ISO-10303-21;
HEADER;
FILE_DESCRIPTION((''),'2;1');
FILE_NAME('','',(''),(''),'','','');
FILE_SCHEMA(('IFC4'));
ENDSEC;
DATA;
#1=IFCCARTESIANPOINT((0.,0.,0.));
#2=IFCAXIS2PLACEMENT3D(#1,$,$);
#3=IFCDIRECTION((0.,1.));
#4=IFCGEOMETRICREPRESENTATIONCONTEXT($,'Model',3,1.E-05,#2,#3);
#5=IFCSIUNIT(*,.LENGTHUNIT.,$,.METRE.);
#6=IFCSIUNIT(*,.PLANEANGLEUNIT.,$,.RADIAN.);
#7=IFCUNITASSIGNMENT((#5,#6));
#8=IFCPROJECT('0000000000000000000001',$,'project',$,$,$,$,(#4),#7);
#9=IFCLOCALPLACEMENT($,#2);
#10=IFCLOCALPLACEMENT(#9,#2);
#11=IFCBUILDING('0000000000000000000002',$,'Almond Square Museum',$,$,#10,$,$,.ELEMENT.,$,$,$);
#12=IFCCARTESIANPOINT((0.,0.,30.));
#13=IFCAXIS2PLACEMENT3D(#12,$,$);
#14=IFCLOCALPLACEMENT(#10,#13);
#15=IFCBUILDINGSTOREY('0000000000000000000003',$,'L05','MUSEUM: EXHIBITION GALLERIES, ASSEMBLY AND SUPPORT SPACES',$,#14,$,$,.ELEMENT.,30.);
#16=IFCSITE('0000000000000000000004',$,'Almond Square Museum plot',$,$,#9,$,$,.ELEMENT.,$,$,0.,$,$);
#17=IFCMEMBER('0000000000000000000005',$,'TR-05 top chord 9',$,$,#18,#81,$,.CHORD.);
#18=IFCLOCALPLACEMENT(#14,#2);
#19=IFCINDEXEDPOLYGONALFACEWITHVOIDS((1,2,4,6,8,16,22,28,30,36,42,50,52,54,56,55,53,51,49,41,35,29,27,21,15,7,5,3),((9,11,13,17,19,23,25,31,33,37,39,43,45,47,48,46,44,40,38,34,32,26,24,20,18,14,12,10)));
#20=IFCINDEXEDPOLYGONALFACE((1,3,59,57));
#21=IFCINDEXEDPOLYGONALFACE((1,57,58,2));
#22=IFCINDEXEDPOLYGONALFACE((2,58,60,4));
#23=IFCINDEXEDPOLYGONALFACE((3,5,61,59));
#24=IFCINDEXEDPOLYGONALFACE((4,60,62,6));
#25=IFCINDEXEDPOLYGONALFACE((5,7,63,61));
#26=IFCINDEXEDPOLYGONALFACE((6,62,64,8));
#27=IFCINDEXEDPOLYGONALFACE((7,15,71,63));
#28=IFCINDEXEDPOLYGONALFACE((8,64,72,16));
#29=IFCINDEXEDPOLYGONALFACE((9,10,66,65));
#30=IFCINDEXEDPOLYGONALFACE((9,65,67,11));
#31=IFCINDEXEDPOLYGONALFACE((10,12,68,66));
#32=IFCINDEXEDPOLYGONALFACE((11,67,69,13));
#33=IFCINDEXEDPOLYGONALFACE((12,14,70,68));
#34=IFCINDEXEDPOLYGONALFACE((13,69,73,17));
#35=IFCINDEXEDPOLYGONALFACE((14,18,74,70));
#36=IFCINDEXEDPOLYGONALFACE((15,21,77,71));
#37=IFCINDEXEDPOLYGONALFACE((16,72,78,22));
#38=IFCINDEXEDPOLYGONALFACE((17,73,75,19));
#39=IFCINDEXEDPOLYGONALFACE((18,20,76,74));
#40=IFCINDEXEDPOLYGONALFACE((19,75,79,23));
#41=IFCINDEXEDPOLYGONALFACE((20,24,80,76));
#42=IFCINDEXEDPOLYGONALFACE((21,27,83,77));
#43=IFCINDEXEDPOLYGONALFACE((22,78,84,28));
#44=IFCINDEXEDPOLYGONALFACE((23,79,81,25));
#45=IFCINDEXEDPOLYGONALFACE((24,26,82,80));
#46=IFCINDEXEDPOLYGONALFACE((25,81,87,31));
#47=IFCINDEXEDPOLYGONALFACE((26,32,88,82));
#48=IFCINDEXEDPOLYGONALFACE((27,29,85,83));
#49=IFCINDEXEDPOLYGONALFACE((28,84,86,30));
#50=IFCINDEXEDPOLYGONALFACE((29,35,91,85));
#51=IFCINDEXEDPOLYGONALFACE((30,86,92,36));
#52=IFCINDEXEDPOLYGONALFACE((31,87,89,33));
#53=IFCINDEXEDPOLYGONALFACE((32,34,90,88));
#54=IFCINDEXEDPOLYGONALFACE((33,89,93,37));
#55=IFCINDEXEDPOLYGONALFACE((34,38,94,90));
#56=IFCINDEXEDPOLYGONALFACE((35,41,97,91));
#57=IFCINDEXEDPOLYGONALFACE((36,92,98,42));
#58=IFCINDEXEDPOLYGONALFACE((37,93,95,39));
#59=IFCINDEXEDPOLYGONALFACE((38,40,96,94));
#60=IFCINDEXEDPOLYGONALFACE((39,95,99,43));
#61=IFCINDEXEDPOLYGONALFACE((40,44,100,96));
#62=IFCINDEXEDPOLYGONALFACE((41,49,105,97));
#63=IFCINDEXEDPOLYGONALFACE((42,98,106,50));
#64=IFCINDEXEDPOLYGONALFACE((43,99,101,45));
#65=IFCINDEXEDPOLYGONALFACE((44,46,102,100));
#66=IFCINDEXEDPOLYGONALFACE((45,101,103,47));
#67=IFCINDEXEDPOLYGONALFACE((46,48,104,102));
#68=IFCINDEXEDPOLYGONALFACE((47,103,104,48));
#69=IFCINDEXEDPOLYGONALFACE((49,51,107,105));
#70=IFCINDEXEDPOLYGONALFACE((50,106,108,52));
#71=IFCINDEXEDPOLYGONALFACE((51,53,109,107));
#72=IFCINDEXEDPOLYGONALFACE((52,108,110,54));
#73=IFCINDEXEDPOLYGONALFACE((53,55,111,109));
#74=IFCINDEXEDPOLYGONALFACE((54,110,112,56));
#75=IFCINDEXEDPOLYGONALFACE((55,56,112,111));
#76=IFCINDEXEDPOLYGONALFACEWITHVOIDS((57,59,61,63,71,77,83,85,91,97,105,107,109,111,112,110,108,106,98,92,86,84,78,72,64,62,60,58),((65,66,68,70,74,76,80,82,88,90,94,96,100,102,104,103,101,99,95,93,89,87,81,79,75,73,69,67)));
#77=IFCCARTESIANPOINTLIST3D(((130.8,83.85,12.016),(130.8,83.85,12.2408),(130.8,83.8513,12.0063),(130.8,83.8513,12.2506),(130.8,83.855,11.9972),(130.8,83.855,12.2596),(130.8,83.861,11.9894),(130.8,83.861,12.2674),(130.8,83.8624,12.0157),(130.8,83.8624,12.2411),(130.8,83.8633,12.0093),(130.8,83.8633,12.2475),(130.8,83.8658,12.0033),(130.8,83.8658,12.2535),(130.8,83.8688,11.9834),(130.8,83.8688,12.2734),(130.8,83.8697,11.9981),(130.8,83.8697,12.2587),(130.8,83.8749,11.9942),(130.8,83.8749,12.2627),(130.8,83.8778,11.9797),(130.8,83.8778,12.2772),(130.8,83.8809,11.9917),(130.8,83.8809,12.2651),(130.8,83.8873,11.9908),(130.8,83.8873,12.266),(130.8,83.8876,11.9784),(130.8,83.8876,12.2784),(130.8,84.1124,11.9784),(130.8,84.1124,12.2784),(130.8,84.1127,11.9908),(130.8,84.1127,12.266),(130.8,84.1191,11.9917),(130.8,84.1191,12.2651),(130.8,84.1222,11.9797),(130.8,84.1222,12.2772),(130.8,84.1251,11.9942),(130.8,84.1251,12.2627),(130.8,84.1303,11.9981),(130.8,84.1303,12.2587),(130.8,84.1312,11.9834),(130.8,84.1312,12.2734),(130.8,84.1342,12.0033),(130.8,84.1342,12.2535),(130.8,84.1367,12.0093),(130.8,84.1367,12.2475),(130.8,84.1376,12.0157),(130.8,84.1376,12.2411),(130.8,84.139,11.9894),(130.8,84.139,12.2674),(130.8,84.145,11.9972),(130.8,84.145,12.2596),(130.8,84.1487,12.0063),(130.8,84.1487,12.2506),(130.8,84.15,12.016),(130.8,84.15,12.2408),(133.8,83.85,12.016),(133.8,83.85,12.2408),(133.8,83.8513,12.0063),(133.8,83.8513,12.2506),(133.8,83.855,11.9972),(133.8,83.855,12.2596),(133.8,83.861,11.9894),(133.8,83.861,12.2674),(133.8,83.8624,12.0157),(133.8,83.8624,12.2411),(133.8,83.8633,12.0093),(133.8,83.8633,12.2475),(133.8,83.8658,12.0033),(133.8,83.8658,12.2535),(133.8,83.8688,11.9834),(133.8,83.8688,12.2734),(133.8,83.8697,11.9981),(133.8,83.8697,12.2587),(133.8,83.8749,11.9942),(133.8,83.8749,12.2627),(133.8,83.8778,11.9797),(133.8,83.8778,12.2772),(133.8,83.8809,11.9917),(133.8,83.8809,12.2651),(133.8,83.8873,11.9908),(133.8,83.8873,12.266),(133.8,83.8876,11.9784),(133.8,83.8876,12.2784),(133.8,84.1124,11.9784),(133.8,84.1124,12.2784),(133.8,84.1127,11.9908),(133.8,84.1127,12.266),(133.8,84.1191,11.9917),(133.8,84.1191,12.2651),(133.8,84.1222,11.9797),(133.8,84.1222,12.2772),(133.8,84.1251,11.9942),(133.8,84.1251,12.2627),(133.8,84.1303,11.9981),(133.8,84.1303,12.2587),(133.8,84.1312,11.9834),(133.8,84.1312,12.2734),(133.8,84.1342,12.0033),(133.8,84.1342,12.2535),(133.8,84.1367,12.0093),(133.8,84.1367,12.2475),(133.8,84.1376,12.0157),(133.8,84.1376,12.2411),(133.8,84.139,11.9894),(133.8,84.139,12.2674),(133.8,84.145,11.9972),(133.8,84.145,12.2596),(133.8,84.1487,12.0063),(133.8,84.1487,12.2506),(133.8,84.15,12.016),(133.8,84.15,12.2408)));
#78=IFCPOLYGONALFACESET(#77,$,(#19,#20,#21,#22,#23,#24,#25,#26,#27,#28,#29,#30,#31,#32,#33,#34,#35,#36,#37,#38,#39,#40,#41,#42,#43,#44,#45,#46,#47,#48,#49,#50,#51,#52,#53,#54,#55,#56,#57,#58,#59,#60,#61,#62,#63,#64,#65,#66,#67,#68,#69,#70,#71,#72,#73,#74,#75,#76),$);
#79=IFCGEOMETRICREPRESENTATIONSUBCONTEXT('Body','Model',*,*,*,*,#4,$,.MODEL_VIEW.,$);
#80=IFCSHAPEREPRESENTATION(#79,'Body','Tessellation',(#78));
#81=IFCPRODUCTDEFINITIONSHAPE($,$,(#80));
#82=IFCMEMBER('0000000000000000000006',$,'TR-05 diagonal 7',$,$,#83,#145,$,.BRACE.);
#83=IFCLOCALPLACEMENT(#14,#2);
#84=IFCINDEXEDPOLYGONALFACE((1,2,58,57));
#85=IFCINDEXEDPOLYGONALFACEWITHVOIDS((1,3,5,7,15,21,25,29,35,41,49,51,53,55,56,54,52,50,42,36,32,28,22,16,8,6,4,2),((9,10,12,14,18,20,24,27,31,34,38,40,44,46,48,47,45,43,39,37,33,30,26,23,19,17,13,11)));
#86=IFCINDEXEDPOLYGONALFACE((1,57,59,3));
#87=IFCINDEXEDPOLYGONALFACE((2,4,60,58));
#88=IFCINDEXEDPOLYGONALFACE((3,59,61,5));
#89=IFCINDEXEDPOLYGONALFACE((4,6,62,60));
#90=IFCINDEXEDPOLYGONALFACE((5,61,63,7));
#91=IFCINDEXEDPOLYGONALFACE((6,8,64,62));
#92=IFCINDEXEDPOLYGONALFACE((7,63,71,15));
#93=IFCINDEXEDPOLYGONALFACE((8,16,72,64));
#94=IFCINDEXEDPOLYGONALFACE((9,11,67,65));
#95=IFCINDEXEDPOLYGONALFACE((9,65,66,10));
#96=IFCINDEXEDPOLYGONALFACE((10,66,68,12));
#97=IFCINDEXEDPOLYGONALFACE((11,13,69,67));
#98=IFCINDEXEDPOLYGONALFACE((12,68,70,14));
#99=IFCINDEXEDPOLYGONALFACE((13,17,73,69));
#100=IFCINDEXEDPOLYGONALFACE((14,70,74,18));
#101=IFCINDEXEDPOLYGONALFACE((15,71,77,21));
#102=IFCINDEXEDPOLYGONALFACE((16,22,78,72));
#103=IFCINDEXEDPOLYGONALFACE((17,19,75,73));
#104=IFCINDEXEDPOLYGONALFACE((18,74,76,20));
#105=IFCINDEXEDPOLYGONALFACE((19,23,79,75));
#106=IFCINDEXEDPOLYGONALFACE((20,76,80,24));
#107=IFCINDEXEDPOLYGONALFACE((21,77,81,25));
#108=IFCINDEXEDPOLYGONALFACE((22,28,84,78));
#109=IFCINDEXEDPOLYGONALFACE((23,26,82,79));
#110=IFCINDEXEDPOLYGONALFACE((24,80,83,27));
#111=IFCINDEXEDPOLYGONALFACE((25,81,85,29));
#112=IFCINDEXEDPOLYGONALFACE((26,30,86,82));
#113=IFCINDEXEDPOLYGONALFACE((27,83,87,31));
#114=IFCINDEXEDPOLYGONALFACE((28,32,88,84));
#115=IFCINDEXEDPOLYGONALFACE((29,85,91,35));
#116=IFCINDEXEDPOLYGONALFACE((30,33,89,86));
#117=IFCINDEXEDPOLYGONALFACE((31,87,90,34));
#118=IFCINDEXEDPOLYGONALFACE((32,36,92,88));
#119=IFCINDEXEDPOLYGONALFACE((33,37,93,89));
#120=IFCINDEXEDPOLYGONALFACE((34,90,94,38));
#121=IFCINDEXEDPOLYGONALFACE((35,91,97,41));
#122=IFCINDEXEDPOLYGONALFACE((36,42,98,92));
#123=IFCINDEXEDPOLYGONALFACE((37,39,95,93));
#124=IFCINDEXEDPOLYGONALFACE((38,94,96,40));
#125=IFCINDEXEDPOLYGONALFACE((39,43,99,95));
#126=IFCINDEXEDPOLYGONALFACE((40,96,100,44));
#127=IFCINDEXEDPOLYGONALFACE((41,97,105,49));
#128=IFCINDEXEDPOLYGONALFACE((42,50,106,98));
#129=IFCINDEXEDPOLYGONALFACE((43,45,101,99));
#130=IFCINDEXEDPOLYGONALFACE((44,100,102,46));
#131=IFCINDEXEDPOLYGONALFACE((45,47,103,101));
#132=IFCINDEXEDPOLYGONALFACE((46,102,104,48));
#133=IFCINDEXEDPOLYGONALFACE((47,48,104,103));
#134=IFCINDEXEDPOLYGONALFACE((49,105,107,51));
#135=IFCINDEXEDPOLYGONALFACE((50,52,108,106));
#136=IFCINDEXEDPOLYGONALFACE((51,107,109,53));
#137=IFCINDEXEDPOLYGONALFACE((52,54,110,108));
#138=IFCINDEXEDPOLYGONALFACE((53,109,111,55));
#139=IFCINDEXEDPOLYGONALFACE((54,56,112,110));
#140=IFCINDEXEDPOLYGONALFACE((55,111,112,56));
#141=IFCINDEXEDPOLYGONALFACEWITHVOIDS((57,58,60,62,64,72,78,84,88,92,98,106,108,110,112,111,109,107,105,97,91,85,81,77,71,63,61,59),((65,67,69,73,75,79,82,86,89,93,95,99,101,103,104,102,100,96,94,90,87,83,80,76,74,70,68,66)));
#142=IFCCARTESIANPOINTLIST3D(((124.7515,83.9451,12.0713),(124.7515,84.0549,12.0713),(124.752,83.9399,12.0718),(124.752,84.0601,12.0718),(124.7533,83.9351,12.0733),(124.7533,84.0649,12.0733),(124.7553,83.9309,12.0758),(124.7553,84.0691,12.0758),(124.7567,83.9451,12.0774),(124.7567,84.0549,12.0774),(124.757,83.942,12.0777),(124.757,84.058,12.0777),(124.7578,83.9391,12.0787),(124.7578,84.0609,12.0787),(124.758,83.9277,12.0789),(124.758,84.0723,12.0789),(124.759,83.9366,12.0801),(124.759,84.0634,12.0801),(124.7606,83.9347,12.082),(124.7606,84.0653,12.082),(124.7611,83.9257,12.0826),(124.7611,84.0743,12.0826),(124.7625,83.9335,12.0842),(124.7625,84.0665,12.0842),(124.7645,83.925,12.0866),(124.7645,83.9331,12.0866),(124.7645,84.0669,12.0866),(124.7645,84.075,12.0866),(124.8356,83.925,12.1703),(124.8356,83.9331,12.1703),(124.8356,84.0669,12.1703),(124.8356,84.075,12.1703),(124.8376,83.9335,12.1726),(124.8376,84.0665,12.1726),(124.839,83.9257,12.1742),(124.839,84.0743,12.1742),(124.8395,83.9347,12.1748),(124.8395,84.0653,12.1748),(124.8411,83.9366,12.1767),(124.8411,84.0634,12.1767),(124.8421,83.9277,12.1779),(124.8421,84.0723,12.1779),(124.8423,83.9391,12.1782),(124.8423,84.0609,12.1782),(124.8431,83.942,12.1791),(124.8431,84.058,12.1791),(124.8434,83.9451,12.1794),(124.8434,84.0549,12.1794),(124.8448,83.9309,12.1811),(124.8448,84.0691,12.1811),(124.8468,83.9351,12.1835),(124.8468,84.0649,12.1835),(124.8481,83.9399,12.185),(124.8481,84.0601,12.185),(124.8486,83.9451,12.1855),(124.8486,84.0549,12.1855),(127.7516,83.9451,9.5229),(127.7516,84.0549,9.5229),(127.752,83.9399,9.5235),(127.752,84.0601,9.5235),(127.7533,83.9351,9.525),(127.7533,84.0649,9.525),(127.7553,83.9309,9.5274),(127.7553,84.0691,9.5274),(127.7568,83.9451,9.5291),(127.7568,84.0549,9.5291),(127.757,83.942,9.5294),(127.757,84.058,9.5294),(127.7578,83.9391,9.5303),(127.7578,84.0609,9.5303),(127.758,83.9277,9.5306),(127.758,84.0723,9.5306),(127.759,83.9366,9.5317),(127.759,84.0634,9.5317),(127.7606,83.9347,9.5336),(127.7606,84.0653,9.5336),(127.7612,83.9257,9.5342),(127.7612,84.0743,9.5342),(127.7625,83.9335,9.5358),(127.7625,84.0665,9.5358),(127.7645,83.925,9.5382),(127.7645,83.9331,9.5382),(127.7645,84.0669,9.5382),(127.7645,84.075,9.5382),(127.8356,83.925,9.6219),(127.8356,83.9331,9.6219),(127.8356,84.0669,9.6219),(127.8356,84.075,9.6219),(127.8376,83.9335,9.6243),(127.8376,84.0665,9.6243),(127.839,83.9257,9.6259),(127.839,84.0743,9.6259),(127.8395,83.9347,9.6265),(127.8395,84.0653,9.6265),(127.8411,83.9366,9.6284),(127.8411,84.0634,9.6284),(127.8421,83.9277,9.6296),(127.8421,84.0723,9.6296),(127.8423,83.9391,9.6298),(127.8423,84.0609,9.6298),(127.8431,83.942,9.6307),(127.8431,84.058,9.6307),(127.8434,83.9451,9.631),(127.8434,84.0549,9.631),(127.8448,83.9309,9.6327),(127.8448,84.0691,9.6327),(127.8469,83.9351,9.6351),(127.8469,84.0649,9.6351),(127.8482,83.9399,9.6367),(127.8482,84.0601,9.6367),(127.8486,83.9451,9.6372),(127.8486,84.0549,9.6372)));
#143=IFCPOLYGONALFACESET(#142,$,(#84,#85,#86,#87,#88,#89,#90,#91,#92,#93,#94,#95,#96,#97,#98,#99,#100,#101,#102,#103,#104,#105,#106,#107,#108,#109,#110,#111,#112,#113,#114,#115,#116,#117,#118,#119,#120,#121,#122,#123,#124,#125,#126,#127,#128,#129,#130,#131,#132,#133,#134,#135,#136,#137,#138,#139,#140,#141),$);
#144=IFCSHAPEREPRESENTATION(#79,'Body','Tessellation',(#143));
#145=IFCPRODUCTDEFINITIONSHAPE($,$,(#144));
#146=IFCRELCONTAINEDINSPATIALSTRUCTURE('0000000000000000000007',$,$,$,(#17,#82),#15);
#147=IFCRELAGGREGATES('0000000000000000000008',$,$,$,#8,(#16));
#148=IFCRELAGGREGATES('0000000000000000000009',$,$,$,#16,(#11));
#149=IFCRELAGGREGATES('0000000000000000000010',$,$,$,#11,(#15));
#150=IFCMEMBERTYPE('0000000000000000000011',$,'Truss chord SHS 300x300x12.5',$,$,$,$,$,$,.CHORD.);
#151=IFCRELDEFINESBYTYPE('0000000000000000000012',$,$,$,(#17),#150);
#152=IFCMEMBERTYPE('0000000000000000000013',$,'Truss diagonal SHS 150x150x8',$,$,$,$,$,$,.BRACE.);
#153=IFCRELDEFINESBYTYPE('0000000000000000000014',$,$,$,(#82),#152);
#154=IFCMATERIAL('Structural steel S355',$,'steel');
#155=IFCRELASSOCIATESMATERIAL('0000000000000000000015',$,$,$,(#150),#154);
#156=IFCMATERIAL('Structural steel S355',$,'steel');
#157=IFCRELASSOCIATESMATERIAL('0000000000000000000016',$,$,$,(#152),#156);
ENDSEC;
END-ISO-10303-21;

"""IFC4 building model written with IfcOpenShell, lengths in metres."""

from ifc_helpers import new_model, si_unit, direction, frame, origin, origin_2d, place, context, subcontext, project, spatial, hollow_rectangle, extrude, material, material_profile, profile_set, type_object, element, save


model = new_model("IFC4")

# Units and contexts
model_context = context("Model", 3, precision=1e-05, world=origin(), true_north=direction((0.0, 1.0)))
body_context = subcontext(model_context, "Body", "Model", "MODEL_VIEW")
ifc_project = project(units=[si_unit("LENGTHUNIT", "METRE"), si_unit("PLANEANGLEUNIT", "RADIAN")], contexts=[model_context])

# Site, building, storey
site_placement = place(None, origin())
site = spatial("IfcSite", under=ifc_project, at=site_placement, Name="Almond Square Museum plot", CompositionType="ELEMENT", RefElevation=0.0)
building_placement = place(site_placement, origin())
building = spatial("IfcBuilding", under=site, at=building_placement, Name="Almond Square Museum", CompositionType="ELEMENT")
storey_placement = place(building_placement, frame((0.0, 0.0, 30.0)))
storey = spatial("IfcBuildingStorey", under=building, at=storey_placement, Name="L05", Description="MUSEUM: EXHIBITION GALLERIES, ASSEMBLY AND SUPPORT SPACES", CompositionType="ELEMENT", Elevation=30.0)

# Members
ifc_material_1 = material(Name="Structural steel S355", Category="steel")
ifc_material_profile_1 = material_profile(ifc_material_1, hollow_rectangle(XDim=0.3, YDim=0.3, WallThickness=0.0125, InnerFilletRadius=0.0249, OuterFilletRadius=0.0376, at=origin_2d()))
ifc_profile_set_1 = profile_set([ifc_material_profile_1], Name="Structural steel S355")
member_type_1 = type_object("IfcMemberType", Name="Truss chord SHS 300x300x12.5", PredefinedType="CHORD", material=ifc_profile_set_1)
for number, where, z_axis, x_axis, name in (
    (1, (130.8, 84.0, 12.1284), (1.0, 0.0, 0.0), (0.0, 1.0, 0.0), "TR-05 top chord 9"),
):
    element("IfcMember", number, at=place(storey_placement, frame(where, z_axis=z_axis, x_axis=x_axis)), inside=storey, type_object=member_type_1, Name=name, PredefinedType="CHORD", context=body_context, shape_type="SweptSolid", body=[
        extrude(hollow_rectangle(XDim=0.3, YDim=0.3, WallThickness=0.0125, InnerFilletRadius=0.0249, OuterFilletRadius=0.0376, at=origin_2d()), origin(), (0.0, 0.0, 1.0), 3.0),
    ])
ifc_material_2 = material(Name="Structural steel S355", Category="steel")
ifc_material_profile_2 = material_profile(ifc_material_2, hollow_rectangle(XDim=0.1499, YDim=0.1499, WallThickness=0.0081, InnerFilletRadius=0.012, OuterFilletRadius=0.02, at=origin_2d()))
ifc_profile_set_2 = profile_set([ifc_material_profile_2], Name="Structural steel S355")
member_type_2 = type_object("IfcMemberType", Name="Truss diagonal SHS 150x150x8", PredefinedType="BRACE", material=ifc_profile_set_2)
for number, where, z_axis, x_axis, name in (
    (2, (124.8, 84.0, 12.1284), (0.762147, 0.0, -0.647404), (0.0, 1.0, 0.0), "TR-05 diagonal 7"),
):
    element("IfcMember", number, at=place(storey_placement, frame(where, z_axis=z_axis, x_axis=x_axis)), inside=storey, type_object=member_type_2, Name=name, PredefinedType="BRACE", context=body_context, shape_type="SweptSolid", body=[
        extrude(hollow_rectangle(XDim=0.1499, YDim=0.1499, WallThickness=0.0081, InnerFilletRadius=0.012, OuterFilletRadius=0.02, at=origin_2d()), origin(), (0.0, 0.0, 1.0), 3.9363),
    ])

save(model, "model.ifc")
